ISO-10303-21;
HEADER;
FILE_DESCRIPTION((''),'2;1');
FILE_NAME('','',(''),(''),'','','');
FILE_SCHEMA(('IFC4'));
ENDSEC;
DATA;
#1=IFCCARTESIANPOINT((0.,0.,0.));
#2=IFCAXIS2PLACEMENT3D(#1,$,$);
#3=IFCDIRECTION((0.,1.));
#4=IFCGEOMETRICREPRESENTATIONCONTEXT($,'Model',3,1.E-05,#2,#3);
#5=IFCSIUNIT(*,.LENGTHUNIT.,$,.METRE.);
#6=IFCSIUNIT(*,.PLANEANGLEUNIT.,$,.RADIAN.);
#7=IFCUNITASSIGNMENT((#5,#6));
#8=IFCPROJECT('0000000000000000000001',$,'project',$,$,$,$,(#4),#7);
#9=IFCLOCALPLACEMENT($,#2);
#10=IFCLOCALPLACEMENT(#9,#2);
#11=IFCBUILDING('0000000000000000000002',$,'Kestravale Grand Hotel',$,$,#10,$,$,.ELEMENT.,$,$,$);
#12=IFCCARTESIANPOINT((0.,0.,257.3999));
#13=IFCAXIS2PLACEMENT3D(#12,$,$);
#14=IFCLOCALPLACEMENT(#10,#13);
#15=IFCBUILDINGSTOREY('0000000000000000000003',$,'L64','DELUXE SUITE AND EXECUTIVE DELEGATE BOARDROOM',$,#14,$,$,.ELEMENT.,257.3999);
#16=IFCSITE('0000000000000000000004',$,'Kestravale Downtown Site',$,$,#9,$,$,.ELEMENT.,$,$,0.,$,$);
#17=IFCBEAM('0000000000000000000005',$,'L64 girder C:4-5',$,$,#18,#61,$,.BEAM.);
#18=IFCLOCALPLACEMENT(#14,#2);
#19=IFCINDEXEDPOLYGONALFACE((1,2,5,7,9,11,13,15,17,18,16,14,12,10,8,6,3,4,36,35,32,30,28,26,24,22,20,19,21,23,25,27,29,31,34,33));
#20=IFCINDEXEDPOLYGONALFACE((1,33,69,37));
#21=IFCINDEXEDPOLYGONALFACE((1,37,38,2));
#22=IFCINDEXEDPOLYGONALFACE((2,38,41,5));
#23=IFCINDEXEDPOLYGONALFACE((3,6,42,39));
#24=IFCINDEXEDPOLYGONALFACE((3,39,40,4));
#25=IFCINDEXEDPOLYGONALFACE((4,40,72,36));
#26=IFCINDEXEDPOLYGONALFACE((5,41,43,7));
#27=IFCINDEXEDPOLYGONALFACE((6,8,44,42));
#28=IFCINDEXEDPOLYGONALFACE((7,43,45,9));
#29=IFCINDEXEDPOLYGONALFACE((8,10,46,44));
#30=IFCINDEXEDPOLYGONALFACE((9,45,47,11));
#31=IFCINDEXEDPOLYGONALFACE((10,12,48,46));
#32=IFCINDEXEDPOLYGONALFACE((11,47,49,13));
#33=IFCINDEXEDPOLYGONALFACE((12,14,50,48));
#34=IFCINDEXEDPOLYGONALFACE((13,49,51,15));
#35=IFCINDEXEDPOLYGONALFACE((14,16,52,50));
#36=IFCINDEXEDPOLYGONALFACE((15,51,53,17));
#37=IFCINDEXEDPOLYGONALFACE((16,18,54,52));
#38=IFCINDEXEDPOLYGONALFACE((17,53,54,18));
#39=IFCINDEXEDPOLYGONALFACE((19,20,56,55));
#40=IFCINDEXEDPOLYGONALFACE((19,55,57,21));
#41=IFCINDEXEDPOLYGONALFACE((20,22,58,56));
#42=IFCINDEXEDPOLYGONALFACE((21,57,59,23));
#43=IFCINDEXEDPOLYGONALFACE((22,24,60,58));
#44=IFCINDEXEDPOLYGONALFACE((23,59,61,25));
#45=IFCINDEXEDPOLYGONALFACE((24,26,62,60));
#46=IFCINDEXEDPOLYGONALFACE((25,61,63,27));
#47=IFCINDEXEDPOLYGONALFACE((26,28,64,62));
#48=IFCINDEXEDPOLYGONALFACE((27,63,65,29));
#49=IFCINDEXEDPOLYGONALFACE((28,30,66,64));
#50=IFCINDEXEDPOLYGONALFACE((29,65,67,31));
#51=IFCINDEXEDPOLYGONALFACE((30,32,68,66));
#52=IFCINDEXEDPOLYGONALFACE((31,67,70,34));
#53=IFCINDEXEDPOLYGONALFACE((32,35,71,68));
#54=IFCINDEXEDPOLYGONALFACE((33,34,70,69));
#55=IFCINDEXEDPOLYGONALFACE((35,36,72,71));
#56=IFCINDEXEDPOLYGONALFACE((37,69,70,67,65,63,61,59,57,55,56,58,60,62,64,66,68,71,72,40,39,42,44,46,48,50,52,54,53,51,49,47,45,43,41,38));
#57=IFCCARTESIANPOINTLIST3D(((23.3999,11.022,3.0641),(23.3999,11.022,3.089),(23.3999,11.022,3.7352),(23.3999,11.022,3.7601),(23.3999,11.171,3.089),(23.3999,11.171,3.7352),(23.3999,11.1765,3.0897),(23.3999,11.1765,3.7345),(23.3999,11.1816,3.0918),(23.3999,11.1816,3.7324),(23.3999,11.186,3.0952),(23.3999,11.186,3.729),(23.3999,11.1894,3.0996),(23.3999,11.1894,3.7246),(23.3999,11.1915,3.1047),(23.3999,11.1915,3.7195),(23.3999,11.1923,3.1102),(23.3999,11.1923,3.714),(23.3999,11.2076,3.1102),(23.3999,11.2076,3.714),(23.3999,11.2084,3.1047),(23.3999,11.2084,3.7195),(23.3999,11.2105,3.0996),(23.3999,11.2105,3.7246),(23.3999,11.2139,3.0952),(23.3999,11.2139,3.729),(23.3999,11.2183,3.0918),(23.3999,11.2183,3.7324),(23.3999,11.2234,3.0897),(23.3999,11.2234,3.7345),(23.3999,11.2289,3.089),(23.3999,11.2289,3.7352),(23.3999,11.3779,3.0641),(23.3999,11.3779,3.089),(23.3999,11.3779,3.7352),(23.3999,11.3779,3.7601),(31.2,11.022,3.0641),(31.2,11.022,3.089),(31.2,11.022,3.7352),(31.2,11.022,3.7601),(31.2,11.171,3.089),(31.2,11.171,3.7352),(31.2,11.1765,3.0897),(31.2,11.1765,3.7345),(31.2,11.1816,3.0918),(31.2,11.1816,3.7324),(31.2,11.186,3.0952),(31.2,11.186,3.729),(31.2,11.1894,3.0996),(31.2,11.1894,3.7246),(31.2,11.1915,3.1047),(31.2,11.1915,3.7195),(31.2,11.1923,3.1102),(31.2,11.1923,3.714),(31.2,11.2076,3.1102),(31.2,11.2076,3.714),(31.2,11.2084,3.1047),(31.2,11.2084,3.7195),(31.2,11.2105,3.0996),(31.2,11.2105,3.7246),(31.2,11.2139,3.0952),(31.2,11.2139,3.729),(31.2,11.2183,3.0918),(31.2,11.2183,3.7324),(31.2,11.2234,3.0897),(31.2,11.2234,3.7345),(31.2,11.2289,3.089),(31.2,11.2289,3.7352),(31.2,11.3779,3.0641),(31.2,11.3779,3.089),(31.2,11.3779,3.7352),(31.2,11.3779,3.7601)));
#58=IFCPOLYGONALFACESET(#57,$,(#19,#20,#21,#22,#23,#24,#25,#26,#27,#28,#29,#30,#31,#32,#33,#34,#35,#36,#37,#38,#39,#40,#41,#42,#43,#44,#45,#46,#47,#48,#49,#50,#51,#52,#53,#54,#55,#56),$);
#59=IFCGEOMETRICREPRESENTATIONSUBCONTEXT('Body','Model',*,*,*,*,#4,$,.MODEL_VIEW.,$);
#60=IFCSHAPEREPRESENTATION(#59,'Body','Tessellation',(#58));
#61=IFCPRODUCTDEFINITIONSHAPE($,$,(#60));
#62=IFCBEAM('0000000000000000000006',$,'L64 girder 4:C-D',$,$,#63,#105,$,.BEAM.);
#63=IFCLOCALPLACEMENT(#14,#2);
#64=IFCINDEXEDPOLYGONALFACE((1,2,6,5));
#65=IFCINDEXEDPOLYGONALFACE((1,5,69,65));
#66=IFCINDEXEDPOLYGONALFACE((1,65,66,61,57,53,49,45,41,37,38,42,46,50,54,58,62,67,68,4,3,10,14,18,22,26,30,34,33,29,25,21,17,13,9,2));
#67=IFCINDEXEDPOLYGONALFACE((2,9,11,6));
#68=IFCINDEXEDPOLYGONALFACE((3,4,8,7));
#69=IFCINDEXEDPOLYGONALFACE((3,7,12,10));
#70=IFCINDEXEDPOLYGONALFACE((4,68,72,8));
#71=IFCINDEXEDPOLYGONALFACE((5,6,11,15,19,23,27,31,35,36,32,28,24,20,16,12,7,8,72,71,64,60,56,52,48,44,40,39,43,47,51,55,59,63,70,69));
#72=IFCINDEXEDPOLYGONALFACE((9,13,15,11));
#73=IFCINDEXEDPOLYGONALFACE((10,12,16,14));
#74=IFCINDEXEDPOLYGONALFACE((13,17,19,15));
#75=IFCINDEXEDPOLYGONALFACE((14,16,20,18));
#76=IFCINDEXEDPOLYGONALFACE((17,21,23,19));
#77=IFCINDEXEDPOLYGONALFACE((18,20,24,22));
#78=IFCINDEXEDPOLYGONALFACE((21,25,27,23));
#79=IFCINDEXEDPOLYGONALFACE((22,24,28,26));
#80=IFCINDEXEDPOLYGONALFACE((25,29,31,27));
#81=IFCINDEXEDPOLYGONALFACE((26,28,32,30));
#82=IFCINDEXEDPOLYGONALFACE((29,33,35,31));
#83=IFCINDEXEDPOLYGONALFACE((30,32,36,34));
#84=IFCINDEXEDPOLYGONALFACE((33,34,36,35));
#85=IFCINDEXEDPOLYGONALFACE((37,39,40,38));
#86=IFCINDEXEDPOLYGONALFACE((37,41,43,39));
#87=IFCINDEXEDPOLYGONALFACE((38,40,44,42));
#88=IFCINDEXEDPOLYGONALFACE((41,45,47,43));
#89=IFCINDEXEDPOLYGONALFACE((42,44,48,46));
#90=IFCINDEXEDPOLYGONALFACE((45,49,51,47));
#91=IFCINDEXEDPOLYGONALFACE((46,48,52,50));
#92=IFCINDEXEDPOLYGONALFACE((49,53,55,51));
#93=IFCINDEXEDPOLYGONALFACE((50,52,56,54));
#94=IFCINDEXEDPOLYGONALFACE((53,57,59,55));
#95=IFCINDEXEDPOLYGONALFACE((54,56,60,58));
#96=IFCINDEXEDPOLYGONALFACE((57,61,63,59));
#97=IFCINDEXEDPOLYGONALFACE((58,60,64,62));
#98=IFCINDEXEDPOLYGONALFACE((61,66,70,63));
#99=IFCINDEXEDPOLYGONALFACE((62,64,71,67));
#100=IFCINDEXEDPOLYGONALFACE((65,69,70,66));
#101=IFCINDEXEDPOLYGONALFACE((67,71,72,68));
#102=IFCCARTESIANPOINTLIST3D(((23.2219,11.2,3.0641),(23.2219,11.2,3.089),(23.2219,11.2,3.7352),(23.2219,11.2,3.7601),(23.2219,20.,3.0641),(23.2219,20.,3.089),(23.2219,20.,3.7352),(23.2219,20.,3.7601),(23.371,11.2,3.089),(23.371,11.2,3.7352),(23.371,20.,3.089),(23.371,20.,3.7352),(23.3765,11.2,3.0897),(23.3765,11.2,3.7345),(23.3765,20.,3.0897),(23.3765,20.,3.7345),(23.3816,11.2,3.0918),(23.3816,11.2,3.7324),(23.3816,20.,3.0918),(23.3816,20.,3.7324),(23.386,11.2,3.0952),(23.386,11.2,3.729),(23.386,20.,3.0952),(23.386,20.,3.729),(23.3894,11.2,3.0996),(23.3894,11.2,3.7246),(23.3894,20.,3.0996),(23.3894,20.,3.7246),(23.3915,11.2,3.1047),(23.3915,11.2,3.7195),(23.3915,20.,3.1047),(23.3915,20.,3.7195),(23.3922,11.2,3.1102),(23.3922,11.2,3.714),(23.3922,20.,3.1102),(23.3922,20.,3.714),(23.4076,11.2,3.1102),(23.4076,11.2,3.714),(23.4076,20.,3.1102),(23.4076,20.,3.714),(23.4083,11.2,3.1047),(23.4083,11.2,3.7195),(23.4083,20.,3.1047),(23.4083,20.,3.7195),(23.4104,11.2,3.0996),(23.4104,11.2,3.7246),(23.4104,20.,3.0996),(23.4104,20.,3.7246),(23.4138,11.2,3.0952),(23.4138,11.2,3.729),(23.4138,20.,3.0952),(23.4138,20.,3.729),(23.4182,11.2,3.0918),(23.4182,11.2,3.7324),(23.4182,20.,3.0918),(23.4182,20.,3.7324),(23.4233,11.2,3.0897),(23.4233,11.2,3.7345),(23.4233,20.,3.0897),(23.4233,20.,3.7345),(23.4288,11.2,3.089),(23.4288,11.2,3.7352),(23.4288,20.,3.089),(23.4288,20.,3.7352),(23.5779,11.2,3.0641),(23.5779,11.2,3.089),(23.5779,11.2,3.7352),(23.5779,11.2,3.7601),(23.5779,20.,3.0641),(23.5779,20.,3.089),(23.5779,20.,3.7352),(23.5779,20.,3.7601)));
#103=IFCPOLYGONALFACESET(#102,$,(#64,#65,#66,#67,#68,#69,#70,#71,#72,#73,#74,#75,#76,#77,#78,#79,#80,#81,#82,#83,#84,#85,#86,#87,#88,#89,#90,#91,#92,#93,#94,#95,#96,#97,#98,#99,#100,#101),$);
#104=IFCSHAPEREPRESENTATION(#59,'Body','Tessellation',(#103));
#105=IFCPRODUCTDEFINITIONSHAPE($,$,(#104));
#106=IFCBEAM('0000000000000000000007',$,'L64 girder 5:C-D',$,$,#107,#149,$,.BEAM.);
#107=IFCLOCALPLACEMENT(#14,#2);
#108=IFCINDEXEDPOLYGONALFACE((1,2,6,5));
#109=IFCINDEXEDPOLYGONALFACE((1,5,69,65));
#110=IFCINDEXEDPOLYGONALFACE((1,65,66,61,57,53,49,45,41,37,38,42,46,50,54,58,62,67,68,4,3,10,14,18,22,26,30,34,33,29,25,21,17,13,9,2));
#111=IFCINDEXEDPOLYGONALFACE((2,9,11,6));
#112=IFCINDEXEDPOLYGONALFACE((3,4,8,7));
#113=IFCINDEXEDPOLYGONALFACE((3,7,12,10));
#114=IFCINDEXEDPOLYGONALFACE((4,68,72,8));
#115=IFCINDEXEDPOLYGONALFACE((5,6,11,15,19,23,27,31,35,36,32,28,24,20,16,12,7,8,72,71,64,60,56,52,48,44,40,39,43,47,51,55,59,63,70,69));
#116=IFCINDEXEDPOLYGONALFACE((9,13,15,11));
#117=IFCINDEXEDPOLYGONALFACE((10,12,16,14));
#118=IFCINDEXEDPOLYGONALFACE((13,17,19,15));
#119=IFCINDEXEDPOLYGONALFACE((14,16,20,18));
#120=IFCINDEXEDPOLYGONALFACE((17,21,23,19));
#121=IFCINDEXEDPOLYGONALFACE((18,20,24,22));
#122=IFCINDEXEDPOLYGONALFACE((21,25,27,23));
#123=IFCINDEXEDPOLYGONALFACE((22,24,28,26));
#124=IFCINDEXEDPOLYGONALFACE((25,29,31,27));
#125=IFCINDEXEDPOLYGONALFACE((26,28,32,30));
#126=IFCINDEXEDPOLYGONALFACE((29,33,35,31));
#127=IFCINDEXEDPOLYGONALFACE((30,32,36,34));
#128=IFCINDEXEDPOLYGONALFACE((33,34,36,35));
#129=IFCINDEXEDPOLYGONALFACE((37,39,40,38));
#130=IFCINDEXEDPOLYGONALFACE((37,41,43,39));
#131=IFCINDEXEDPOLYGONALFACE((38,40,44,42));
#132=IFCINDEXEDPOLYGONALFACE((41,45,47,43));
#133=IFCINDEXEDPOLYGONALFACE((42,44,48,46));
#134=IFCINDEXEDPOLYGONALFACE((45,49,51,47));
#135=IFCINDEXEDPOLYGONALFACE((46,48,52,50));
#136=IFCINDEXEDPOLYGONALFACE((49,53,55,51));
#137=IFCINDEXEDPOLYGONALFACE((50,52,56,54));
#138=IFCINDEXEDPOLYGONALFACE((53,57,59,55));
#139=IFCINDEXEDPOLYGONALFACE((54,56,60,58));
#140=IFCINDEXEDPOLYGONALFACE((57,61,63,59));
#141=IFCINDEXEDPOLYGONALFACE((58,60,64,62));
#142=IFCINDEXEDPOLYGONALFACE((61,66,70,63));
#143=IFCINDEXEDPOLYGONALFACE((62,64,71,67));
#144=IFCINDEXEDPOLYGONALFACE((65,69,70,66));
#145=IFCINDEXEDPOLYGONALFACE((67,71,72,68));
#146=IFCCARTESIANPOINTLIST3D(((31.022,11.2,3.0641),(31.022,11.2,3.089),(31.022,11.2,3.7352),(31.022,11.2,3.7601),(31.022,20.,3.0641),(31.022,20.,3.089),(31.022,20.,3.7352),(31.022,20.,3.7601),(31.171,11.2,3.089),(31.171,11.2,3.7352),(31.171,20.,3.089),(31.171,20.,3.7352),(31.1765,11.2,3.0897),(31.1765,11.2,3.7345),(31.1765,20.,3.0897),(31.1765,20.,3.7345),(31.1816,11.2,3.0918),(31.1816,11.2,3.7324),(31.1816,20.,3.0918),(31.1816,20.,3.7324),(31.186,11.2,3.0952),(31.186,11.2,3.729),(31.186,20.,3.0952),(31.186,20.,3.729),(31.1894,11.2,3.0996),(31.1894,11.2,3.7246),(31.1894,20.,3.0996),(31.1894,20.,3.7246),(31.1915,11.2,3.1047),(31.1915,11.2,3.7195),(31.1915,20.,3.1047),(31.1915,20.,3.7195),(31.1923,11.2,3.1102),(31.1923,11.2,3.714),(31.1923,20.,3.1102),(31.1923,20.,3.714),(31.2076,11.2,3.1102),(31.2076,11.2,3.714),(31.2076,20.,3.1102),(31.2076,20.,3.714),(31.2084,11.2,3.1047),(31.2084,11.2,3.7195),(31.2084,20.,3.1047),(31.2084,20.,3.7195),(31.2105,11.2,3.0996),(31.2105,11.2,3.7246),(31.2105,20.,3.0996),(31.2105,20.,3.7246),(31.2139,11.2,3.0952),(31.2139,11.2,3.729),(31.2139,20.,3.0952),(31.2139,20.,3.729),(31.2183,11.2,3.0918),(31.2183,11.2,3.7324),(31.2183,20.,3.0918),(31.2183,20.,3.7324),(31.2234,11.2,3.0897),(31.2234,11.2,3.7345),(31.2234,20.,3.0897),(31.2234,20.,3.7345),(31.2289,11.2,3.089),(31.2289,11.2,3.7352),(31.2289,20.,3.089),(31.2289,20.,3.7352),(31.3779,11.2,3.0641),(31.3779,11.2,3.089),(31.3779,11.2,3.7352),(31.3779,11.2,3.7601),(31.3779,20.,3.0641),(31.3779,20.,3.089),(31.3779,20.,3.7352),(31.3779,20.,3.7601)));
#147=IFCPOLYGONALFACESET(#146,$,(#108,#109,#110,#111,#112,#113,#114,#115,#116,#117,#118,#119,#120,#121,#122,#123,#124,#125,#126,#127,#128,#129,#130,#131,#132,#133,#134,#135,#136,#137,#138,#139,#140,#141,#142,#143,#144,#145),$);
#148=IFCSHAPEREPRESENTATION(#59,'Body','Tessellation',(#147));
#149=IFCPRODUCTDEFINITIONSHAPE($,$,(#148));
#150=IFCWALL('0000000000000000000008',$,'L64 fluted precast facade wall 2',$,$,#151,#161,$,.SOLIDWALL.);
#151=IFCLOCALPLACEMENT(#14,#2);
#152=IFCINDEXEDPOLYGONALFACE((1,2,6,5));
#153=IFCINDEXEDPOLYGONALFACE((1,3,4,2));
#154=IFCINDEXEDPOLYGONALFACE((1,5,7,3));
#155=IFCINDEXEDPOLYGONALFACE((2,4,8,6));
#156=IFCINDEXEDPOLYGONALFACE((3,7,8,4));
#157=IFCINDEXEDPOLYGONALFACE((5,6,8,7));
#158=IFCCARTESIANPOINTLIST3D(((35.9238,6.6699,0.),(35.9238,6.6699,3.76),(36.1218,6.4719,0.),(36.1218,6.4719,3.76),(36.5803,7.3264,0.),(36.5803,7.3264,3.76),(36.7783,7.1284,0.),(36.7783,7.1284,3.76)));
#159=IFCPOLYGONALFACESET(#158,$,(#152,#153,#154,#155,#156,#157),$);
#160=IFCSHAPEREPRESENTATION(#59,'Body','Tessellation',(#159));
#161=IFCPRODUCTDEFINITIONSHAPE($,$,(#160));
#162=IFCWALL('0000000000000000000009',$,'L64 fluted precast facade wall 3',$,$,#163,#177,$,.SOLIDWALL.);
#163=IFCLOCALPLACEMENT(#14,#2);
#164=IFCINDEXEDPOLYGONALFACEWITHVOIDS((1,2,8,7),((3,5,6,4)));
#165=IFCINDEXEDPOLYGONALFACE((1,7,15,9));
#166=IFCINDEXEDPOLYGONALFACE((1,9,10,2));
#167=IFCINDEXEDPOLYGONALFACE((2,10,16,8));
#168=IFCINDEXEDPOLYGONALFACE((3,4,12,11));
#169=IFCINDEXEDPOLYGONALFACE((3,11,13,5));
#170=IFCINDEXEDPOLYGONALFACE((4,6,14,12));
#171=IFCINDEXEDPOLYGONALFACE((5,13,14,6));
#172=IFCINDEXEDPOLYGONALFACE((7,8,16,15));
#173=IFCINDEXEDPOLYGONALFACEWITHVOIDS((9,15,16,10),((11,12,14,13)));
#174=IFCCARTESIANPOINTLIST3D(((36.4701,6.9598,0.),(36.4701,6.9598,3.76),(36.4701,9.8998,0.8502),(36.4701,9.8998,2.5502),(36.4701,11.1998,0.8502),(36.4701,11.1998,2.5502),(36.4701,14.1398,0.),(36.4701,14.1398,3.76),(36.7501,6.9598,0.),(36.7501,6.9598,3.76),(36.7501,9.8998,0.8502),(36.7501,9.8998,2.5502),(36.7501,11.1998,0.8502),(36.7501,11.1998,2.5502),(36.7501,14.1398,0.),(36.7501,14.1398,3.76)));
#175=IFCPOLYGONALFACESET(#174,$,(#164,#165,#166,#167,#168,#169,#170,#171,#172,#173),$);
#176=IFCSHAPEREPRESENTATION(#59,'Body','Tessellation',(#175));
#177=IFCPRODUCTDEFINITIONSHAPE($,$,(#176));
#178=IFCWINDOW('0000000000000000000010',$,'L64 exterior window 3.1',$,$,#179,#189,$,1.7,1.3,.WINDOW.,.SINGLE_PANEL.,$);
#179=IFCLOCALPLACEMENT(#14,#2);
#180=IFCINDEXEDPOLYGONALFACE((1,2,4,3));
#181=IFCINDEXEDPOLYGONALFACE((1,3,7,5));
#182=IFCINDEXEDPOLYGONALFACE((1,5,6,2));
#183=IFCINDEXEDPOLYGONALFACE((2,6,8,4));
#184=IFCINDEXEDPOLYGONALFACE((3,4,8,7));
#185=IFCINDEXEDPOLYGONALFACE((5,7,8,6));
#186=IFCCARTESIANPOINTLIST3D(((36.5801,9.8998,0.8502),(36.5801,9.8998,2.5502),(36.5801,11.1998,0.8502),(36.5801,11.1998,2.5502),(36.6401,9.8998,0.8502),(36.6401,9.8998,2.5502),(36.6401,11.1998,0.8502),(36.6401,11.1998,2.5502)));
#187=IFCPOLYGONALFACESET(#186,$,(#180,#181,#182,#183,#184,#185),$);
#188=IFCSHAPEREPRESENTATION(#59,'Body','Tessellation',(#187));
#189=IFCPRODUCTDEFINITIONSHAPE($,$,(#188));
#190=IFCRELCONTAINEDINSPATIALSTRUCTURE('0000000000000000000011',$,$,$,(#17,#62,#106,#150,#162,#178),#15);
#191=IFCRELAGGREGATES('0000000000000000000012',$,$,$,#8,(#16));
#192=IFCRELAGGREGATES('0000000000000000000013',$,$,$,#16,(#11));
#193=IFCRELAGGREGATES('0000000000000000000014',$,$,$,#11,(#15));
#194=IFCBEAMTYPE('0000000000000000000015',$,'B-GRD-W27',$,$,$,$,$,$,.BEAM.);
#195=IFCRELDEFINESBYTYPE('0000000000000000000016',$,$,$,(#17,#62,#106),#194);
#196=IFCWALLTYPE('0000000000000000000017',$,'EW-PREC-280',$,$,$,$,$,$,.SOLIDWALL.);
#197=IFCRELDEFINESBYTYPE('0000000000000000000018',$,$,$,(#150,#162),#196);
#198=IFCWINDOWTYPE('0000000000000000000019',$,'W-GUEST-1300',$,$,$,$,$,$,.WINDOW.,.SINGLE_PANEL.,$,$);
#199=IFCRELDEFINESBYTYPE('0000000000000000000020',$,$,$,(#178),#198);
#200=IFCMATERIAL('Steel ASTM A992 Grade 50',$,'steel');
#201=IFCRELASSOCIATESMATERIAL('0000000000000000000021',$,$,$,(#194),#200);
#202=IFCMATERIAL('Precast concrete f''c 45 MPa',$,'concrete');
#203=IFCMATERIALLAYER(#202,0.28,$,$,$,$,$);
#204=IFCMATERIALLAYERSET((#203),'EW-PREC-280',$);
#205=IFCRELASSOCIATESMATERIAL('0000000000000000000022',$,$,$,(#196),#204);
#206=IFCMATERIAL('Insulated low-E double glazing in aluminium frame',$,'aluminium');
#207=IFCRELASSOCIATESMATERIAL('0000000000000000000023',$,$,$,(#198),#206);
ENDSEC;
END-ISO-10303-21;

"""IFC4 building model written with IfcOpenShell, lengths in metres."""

from ifc_helpers import new_model, si_unit, direction, frame, frame_2d, origin, origin_2d, place, context, subcontext, project, spatial, rectangle, i_section, extrude, material, layer, layer_set, material_profile, profile_set, type_object, element, fill, save


model = new_model("IFC4")

# Units and contexts
model_context = context("Model", 3, precision=1e-05, world=origin(), true_north=direction((0.0, 1.0)))
body_context = subcontext(model_context, "Body", "Model", "MODEL_VIEW")
ifc_project = project(units=[si_unit("LENGTHUNIT", "METRE"), si_unit("PLANEANGLEUNIT", "RADIAN")], contexts=[model_context])

# Site, building, storey
site_placement = place(None, origin())
site = spatial("IfcSite", under=ifc_project, at=site_placement, Name="Kestravale Downtown Site", CompositionType="ELEMENT", RefElevation=0.0)
building_placement = place(site_placement, origin())
building = spatial("IfcBuilding", under=site, at=building_placement, Name="Kestravale Grand Hotel", CompositionType="ELEMENT")
storey_placement = place(building_placement, frame((0.0, 0.0, 257.3999)))
storey = spatial("IfcBuildingStorey", under=building, at=storey_placement, Name="L64", Description="DELUXE SUITE AND EXECUTIVE DELEGATE BOARDROOM", CompositionType="ELEMENT", Elevation=257.3999)

# Beams
ifc_material_1 = material(Name="Steel ASTM A992 Grade 50", Category="steel")
ifc_material_profile_1 = material_profile(ifc_material_1, i_section(OverallWidth=0.356, OverallDepth=0.696, WebThickness=0.0154, FlangeThickness=0.0249, FilletRadius=0.0212, at=origin_2d()))
ifc_profile_set_1 = profile_set([ifc_material_profile_1], Name="Steel ASTM A992 Grade 50")
beam_type_1 = type_object("IfcBeamType", Name="B-GRD-W27", PredefinedType="BEAM", material=ifc_profile_set_1)
beam_1_placement = place(storey_placement, frame((23.3999, 11.2, 3.4121), z_axis=(1.0, 0.0, 0.0), x_axis=(0.0, 1.0, 0.0)))
element("IfcBeam", 1, at=beam_1_placement, inside=storey, type_object=beam_type_1, Name="L64 girder C:4-5", PredefinedType="BEAM", context=body_context, shape_type="SweptSolid", body=[
    extrude(i_section(OverallWidth=0.356, OverallDepth=0.696, WebThickness=0.0154, FlangeThickness=0.0249, FilletRadius=0.0212, at=origin_2d()), origin(), (0.0, 0.0, 1.0), 7.8),
])
for number, where, z_axis, x_axis, name in (
    (2, (23.3999, 11.2, 3.4121), (0.0, 1.0, 0.0), (-1.0, 0.0, 0.0), "L64 girder 4:C-D"),
    (3, (31.2, 11.2, 3.4121), (0.0, 1.0, 0.0), (-1.0, 0.0, 0.0), "L64 girder 5:C-D"),
):
    element("IfcBeam", number, at=place(storey_placement, frame(where, z_axis=z_axis, x_axis=x_axis)), inside=storey, type_object=beam_type_1, Name=name, PredefinedType="BEAM", context=body_context, shape_type="SweptSolid", body=[
        extrude(i_section(OverallWidth=0.356, OverallDepth=0.696, WebThickness=0.0154, FlangeThickness=0.0249, FilletRadius=0.0212, at=origin_2d()), origin(), (0.0, 0.0, 1.0), 8.8),
    ])

# Wall
ifc_material_2 = material(Name="Precast concrete f'c 45 MPa", Category="concrete")
ifc_layer_1 = layer(ifc_material_2, 0.28)
ifc_layer_set_1 = layer_set([ifc_layer_1], Name="EW-PREC-280")
wall_type_1 = type_object("IfcWallType", Name="EW-PREC-280", PredefinedType="SOLIDWALL", material=ifc_layer_set_1)
wall_1_placement = place(storey_placement, frame((36.0227, 6.5708, 0.0), z_axis=(0.0, 0.0, 1.0), x_axis=(0.707107, 0.707107, 0.0)))
element("IfcWall", 4, at=wall_1_placement, inside=storey, type_object=wall_type_1, Name="L64 fluted precast facade wall 2", PredefinedType="SOLIDWALL", context=body_context, shape_type="SweptSolid", body=[
    extrude(rectangle(XDim=0.9285, YDim=0.28, at=frame_2d((0.4644, 0.0))), origin(), (0.0, 0.0, 1.0), 3.76),
])

# Wall, opening, window
wall_2_placement = place(storey_placement, frame((36.6101, 6.96, 0.0), z_axis=(0.0, 0.0, 1.0), x_axis=(0.0, 1.0, 0.0)))
wall_2 = element("IfcWall", 5, at=wall_2_placement, inside=storey, type_object=wall_type_1, Name="L64 fluted precast facade wall 3", PredefinedType="SOLIDWALL", context=body_context, shape_type="SweptSolid", body=[
    extrude(rectangle(XDim=7.1799, YDim=0.28, at=frame_2d((3.5898, 0.0))), origin(), (0.0, 0.0, 1.0), 3.76),
])
opening_1_placement = place(wall_2_placement, frame((2.9399, 0.0, 0.8501)))
opening_1 = element("IfcOpeningElement", 6, at=opening_1_placement, cuts=wall_2, PredefinedType="OPENING", context=body_context, shape_type="SweptSolid", body=[
    extrude(rectangle(XDim=1.3, YDim=1.7, at=frame_2d((0.6499, 0.8501))), frame((0.0, 0.1499, 0.0), z_axis=(0.0, -1.0, 0.0), x_axis=(1.0, 0.0, 0.0)), (0.0, 0.0, 1.0), 0.3),
])
ifc_material_3 = material(Name="Insulated low-E double glazing in aluminium frame", Category="aluminium")
window_type = type_object("IfcWindowType", Name="W-GUEST-1300", PartitioningType="SINGLE_PANEL", PredefinedType="WINDOW", material=ifc_material_3)
window_1_placement = place(opening_1_placement, origin())
window_1 = element("IfcWindow", 7, at=window_1_placement, inside=storey, type_object=window_type, Name="L64 exterior window 3.1", OverallHeight=1.7, OverallWidth=1.3, PartitioningType="SINGLE_PANEL", PredefinedType="WINDOW", context=body_context, shape_type="SweptSolid", body=[
    extrude(rectangle(XDim=1.3, YDim=1.7, at=frame_2d((0.6499, 0.8501))), frame((0.0, 0.03, 0.0), z_axis=(0.0, -1.0, 0.0), x_axis=(1.0, 0.0, 0.0)), (0.0, 0.0, 1.0), 0.0601),
])
fill(opening_1, window_1)

save(model, "model.ifc")
